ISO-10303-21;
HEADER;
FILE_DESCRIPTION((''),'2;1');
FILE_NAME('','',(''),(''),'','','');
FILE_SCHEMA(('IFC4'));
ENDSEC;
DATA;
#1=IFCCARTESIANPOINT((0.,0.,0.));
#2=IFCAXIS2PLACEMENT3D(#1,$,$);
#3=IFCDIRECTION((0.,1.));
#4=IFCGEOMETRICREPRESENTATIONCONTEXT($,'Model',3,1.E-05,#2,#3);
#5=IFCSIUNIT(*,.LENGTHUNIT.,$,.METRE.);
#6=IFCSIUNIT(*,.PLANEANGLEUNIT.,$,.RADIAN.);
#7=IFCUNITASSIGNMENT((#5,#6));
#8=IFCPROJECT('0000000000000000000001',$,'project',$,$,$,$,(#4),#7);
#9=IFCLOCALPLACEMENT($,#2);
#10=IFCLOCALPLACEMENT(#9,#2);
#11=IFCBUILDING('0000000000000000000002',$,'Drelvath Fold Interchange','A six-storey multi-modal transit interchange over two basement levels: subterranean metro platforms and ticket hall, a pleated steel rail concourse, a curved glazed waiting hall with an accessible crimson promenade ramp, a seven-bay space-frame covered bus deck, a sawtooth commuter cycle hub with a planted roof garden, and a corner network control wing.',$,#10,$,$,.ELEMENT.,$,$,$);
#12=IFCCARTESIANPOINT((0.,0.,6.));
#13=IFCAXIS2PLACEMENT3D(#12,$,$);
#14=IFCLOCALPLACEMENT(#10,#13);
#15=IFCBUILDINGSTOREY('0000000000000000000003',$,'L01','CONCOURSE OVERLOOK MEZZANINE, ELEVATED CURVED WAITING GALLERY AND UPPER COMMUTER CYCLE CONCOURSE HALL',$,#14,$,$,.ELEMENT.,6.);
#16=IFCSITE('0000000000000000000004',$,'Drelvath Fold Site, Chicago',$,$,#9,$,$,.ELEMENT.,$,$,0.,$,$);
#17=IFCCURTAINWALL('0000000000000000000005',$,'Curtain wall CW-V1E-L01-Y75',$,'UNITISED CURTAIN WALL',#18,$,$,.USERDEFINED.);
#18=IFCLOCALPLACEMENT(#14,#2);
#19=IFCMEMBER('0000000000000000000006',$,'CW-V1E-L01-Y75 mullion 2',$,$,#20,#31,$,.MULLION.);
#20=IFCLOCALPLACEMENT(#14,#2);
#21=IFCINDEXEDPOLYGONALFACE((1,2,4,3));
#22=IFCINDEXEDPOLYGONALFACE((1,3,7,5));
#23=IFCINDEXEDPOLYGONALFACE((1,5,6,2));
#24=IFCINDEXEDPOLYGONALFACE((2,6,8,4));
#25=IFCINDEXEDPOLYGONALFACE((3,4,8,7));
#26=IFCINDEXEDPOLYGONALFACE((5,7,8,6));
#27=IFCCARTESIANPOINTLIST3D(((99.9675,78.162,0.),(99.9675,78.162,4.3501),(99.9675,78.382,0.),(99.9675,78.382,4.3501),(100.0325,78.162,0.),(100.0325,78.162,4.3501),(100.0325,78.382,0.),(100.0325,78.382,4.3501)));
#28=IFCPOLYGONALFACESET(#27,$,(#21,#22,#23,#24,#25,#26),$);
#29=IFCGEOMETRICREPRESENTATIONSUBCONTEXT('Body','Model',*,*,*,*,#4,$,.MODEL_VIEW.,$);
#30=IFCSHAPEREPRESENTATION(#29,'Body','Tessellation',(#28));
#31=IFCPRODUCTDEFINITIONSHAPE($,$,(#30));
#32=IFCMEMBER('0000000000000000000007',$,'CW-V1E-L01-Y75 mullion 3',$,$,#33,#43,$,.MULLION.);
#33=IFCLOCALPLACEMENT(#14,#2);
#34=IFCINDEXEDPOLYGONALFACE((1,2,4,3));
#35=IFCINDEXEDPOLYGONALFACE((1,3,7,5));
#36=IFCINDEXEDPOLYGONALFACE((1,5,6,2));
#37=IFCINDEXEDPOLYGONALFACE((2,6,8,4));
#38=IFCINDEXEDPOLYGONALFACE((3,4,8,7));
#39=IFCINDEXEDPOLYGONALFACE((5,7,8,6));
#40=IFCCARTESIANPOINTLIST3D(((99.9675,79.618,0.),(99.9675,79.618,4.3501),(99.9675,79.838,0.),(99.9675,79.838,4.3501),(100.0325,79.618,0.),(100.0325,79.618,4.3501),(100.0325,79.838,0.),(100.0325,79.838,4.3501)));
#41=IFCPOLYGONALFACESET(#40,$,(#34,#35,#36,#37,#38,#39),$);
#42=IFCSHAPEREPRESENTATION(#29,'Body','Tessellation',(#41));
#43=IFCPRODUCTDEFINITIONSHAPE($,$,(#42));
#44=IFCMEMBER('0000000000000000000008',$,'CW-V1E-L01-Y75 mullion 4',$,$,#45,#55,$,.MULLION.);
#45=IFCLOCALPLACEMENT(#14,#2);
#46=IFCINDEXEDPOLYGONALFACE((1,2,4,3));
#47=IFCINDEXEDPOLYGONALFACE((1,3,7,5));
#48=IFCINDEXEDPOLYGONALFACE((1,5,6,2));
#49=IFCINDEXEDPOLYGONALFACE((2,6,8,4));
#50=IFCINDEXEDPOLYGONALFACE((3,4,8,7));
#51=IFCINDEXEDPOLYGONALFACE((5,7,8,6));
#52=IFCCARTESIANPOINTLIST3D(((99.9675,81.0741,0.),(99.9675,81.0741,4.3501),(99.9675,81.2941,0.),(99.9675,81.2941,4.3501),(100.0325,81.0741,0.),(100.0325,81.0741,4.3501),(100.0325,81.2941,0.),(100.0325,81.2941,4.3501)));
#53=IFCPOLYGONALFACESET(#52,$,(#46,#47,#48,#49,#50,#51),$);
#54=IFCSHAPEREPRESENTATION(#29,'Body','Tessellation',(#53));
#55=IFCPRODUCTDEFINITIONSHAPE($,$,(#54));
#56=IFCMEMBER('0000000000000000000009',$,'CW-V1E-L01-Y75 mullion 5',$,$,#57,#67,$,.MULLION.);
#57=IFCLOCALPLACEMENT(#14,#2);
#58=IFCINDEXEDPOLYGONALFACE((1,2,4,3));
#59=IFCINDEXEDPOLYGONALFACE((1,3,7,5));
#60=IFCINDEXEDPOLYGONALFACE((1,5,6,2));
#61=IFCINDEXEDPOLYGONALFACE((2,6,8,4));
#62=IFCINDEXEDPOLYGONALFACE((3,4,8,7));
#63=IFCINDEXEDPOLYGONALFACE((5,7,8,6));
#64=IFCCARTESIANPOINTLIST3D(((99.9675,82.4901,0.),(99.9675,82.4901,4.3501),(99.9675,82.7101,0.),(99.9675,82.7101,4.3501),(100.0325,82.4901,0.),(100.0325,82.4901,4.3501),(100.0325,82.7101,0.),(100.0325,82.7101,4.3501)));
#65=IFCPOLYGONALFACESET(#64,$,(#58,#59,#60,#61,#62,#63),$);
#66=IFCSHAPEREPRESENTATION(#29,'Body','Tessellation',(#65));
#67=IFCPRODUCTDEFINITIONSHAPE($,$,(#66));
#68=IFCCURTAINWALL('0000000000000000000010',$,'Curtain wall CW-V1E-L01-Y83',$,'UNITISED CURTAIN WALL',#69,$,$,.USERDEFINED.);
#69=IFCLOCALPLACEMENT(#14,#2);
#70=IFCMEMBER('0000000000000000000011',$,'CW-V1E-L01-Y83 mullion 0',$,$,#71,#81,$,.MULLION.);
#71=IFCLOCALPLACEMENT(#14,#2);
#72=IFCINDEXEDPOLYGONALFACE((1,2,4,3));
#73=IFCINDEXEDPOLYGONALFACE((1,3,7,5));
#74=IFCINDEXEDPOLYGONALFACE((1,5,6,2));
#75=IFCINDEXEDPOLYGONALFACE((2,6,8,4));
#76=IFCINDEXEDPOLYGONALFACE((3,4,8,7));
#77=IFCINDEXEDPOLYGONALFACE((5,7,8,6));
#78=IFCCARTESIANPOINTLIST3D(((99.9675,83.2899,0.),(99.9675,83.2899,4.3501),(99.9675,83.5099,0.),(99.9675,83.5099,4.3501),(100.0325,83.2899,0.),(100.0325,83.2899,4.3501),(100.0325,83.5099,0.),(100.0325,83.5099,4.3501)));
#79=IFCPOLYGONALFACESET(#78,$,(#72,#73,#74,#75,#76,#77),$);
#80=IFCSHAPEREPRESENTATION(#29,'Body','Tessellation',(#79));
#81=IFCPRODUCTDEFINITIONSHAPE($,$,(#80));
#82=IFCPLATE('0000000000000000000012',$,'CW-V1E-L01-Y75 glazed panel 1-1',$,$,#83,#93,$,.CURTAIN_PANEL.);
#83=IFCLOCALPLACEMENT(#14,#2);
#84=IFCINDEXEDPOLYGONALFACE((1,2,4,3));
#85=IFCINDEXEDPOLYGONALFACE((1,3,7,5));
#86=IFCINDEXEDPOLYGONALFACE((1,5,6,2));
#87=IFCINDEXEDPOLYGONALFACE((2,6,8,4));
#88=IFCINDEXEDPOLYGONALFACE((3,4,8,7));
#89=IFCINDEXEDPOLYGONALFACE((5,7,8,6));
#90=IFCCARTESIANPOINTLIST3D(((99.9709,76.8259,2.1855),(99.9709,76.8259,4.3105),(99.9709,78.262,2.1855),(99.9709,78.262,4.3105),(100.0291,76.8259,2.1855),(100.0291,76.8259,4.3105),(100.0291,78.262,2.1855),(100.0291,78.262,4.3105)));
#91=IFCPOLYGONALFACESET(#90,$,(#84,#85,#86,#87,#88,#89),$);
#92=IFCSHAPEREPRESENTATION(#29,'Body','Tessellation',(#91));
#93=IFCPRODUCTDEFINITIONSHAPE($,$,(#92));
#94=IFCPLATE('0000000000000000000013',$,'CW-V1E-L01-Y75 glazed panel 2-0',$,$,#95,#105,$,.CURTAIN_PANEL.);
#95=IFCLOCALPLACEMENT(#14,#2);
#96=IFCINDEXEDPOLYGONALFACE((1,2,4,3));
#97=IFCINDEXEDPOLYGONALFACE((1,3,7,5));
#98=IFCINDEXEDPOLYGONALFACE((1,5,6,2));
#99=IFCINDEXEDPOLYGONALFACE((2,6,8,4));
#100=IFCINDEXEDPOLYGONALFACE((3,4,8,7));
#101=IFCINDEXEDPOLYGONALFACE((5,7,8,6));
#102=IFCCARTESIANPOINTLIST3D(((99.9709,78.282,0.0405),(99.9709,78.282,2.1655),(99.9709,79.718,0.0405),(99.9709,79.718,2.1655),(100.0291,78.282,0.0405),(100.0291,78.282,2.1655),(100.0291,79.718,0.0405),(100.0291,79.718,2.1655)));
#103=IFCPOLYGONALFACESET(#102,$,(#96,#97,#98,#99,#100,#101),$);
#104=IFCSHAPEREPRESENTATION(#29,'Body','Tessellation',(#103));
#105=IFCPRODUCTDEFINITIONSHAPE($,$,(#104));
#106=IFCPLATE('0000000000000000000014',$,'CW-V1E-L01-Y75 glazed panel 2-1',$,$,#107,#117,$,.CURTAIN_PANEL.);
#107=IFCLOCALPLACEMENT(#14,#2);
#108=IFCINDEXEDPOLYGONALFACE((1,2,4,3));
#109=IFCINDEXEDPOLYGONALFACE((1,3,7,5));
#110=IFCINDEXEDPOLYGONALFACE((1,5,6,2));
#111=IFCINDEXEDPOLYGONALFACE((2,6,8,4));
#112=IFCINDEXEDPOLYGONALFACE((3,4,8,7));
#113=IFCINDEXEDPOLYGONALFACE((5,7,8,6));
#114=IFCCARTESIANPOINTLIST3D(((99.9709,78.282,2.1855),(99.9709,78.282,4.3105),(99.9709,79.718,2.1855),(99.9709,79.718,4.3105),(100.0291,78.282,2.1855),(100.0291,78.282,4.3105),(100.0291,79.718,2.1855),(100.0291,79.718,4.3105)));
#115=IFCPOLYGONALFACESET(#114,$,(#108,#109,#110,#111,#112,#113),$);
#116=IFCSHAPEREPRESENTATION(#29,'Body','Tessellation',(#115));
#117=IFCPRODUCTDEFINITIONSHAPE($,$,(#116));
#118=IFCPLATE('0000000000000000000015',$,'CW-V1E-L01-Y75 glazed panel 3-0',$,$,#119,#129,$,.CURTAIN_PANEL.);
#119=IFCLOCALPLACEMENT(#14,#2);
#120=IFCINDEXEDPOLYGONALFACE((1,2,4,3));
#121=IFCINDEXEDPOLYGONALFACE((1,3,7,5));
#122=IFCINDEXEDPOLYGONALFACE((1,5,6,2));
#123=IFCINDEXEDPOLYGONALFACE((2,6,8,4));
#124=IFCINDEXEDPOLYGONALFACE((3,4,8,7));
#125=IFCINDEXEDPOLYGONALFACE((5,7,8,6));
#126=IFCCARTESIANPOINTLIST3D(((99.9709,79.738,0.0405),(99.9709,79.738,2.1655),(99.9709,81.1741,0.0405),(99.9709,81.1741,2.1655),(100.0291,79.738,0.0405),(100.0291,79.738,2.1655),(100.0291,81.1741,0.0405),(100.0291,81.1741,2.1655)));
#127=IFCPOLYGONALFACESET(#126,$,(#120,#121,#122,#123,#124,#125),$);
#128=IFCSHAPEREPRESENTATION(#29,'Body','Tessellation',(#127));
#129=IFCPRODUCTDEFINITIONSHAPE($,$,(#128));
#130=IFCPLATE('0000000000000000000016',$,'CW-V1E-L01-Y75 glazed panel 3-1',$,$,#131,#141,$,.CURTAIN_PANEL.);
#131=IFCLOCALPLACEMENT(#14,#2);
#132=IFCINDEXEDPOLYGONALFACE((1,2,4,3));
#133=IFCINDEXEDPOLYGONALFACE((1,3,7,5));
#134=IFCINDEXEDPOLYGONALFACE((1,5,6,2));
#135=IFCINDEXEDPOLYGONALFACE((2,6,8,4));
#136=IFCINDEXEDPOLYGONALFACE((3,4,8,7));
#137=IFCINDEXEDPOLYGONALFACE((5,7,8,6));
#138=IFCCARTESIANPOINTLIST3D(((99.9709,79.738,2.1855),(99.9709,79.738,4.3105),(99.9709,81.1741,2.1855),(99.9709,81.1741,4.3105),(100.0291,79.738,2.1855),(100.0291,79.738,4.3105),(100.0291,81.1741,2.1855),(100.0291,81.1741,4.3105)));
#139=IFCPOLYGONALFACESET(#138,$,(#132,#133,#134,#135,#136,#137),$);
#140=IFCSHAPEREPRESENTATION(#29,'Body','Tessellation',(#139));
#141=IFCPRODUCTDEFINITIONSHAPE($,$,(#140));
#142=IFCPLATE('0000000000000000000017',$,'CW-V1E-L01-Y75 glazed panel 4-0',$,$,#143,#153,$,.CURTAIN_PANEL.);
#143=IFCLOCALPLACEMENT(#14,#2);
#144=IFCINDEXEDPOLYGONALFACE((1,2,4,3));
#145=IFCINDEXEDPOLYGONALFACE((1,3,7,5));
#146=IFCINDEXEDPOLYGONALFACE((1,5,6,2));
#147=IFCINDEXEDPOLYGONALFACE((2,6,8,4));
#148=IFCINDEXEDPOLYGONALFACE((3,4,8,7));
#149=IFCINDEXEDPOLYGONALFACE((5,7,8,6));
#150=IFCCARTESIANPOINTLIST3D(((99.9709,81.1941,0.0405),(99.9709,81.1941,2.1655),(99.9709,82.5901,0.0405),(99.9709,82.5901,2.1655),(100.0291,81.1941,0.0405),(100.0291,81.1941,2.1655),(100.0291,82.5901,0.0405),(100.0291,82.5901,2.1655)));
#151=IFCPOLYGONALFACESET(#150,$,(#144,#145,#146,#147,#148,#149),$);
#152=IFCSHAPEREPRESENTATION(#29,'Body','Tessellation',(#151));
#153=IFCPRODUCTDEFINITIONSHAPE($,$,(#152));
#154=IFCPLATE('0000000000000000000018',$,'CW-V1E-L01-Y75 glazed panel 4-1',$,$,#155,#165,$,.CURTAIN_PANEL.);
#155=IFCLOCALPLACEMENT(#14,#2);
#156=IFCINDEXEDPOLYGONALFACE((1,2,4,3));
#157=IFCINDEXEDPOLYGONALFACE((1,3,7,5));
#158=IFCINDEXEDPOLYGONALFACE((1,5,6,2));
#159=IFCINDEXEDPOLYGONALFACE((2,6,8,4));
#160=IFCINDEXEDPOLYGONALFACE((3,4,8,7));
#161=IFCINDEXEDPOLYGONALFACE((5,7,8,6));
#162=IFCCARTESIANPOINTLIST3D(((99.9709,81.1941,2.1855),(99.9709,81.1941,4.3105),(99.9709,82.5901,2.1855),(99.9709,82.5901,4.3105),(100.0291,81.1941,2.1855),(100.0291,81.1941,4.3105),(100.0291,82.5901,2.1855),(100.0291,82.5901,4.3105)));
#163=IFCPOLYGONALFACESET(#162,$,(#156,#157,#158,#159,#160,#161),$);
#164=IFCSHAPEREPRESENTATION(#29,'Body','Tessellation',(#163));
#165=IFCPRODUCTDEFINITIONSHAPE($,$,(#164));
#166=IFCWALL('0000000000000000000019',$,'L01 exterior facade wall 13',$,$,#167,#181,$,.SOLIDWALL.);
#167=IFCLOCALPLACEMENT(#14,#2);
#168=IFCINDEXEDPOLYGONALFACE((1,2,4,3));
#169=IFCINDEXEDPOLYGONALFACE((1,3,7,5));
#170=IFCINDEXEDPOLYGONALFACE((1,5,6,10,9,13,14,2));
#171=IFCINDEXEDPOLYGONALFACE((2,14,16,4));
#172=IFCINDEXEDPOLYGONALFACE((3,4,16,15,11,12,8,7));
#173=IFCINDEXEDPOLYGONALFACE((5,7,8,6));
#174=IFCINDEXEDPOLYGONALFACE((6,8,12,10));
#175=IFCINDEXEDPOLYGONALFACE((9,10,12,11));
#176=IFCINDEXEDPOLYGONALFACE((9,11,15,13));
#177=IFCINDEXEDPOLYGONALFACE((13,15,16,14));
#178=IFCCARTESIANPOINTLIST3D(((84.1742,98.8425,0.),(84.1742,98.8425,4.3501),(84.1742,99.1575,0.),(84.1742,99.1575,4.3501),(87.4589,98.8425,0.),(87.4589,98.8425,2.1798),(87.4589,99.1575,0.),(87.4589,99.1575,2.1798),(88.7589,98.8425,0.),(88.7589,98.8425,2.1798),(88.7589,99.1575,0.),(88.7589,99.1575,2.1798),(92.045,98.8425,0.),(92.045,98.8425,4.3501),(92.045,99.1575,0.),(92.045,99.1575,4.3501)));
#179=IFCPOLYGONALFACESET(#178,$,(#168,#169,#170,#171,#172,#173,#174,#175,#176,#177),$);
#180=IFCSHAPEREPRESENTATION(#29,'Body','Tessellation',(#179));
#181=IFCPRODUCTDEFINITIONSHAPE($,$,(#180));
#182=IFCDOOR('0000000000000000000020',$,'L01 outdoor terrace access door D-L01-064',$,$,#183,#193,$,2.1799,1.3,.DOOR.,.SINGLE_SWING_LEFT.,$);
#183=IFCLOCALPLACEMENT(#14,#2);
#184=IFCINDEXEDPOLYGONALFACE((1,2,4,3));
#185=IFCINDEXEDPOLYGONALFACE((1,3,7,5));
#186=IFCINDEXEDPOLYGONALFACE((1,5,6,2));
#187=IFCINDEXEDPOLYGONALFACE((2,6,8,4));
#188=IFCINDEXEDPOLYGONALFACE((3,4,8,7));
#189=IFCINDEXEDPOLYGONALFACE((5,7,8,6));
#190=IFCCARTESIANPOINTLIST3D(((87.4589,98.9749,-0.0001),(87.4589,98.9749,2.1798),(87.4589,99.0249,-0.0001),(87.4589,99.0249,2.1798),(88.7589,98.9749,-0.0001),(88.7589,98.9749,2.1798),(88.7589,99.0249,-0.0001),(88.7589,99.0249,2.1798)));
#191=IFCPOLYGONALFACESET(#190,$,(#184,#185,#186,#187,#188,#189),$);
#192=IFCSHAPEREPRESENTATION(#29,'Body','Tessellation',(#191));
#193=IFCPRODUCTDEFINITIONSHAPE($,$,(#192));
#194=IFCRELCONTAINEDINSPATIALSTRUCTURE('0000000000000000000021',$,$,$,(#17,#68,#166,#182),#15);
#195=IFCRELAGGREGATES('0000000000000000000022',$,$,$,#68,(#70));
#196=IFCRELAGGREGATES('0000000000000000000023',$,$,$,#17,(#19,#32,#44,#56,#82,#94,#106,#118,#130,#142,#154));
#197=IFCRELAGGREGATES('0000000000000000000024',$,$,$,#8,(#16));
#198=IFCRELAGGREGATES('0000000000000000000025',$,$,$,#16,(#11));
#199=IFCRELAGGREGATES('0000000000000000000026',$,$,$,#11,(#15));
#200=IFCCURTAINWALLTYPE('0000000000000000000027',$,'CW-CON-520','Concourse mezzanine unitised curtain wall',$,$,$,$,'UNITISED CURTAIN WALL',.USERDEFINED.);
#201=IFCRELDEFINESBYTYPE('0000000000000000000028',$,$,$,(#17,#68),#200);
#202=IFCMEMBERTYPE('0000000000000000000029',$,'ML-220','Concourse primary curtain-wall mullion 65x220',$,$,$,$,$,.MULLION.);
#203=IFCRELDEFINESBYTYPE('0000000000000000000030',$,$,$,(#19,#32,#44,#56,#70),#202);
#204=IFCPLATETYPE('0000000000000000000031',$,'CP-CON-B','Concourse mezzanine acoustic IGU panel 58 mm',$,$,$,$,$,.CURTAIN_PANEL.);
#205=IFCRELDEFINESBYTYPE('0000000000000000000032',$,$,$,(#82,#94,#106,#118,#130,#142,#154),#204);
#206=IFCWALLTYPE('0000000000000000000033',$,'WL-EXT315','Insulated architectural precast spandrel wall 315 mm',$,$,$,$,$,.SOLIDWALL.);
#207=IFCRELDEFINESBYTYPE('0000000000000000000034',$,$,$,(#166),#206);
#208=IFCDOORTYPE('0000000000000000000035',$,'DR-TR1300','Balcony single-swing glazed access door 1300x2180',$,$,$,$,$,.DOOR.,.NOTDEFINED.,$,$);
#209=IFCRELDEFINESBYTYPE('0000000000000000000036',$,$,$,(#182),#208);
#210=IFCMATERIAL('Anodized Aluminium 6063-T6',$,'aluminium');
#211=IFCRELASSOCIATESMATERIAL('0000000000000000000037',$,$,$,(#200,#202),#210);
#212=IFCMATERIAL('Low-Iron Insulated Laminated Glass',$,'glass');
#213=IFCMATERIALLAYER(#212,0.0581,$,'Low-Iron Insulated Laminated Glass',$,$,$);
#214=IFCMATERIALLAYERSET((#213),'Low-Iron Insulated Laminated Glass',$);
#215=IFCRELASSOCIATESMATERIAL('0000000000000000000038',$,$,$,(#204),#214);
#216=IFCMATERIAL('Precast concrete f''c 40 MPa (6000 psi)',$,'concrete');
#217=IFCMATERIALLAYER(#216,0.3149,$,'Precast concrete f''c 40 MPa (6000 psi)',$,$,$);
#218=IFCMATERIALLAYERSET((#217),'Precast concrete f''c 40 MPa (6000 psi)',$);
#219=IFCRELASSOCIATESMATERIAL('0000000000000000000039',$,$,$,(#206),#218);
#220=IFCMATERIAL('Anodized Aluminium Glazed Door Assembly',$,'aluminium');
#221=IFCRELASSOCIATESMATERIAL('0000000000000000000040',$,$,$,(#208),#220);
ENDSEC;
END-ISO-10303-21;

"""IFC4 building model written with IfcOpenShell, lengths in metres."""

from ifc_helpers import new_model, si_unit, direction, frame, frame_2d, origin, origin_2d, place, context, subcontext, project, spatial, rectangle, extrude, material, layer, layer_set, material_profile, profile_set, type_object, element, fill, aggregate, save


model = new_model("IFC4")

# Units and contexts
model_context = context("Model", 3, precision=1e-05, world=origin(), true_north=direction((0.0, 1.0)))
body_context = subcontext(model_context, "Body", "Model", "MODEL_VIEW")
ifc_project = project(units=[si_unit("LENGTHUNIT", "METRE"), si_unit("PLANEANGLEUNIT", "RADIAN")], contexts=[model_context])

# Site, building, storey
site_placement = place(None, origin())
site = spatial("IfcSite", under=ifc_project, at=site_placement, Name="Drelvath Fold Site, Chicago", CompositionType="ELEMENT", RefElevation=0.0)
building_placement = place(site_placement, origin())
building = spatial("IfcBuilding", under=site, at=building_placement, Name="Drelvath Fold Interchange", Description="A six-storey multi-modal transit interchange over two basement levels: subterranean metro platforms and ticket hall, a pleated steel rail concourse, a curved glazed waiting hall with an accessible crimson promenade ramp, a seven-bay space-frame covered bus deck, a sawtooth commuter cycle hub with a planted roof garden, and a corner network control wing.", CompositionType="ELEMENT")
storey_placement = place(building_placement, frame((0.0, 0.0, 6.0)))
storey = spatial("IfcBuildingStorey", under=building, at=storey_placement, Name="L01", Description="CONCOURSE OVERLOOK MEZZANINE, ELEVATED CURVED WAITING GALLERY AND UPPER COMMUTER CYCLE CONCOURSE HALL", CompositionType="ELEMENT", Elevation=6.0)

# Curtain wall, members
ifc_material_1 = material(Name="Anodized Aluminium 6063-T6", Category="aluminium")
curtain_wall_type = type_object("IfcCurtainWallType", Name="CW-CON-520", Description="Concourse mezzanine unitised curtain wall", ElementType="UNITISED CURTAIN WALL", PredefinedType="USERDEFINED", material=ifc_material_1)
curtain_wall_1_placement = place(storey_placement, origin())
curtain_wall_1 = element("IfcCurtainWall", 1, at=curtain_wall_1_placement, inside=storey, type_object=curtain_wall_type, Name="Curtain wall CW-V1E-L01-Y75", ObjectType="UNITISED CURTAIN WALL", PredefinedType="USERDEFINED")
ifc_material_profile_1 = material_profile(ifc_material_1, rectangle(XDim=0.0649, YDim=0.22, at=origin_2d()), Name="AL-M 65x220")
ifc_profile_set_1 = profile_set([ifc_material_profile_1], Name="Anodized Aluminium 6063-T6")
member_type = type_object("IfcMemberType", Name="ML-220", Description="Concourse primary curtain-wall mullion 65x220", PredefinedType="MULLION", material=ifc_profile_set_1)
member_1_placement = place(storey_placement, frame((100.0, 78.272, 0.0), z_axis=(0.0, 0.0, 1.0), x_axis=(1.0, 0.0, 0.0)))
member_1 = element("IfcMember", 2, at=member_1_placement, type_object=member_type, Name="CW-V1E-L01-Y75 mullion 2", PredefinedType="MULLION", context=body_context, shape_type="SweptSolid", body=[
    extrude(rectangle(XDim=0.0649, YDim=0.22, at=origin_2d()), origin(), (0.0, 0.0, 1.0), 4.3501),
])
member_2_placement = place(storey_placement, frame((100.0, 79.728, 0.0), z_axis=(0.0, 0.0, 1.0), x_axis=(1.0, 0.0, 0.0)))
member_2 = element("IfcMember", 3, at=member_2_placement, type_object=member_type, Name="CW-V1E-L01-Y75 mullion 3", PredefinedType="MULLION", context=body_context, shape_type="SweptSolid", body=[
    extrude(rectangle(XDim=0.0649, YDim=0.22, at=origin_2d()), origin(), (0.0, 0.0, 1.0), 4.3501),
])
member_3_placement = place(storey_placement, frame((100.0, 81.1841, 0.0), z_axis=(0.0, 0.0, 1.0), x_axis=(1.0, 0.0, 0.0)))
member_3 = element("IfcMember", 4, at=member_3_placement, type_object=member_type, Name="CW-V1E-L01-Y75 mullion 4", PredefinedType="MULLION", context=body_context, shape_type="SweptSolid", body=[
    extrude(rectangle(XDim=0.0649, YDim=0.22, at=origin_2d()), origin(), (0.0, 0.0, 1.0), 4.3501),
])
member_4_placement = place(storey_placement, frame((100.0, 82.6001, 0.0), z_axis=(0.0, 0.0, 1.0), x_axis=(1.0, 0.0, 0.0)))
member_4 = element("IfcMember", 5, at=member_4_placement, type_object=member_type, Name="CW-V1E-L01-Y75 mullion 5", PredefinedType="MULLION", context=body_context, shape_type="SweptSolid", body=[
    extrude(rectangle(XDim=0.0649, YDim=0.22, at=origin_2d()), origin(), (0.0, 0.0, 1.0), 4.3501),
])

# Curtain wall, member
curtain_wall_2_placement = place(storey_placement, origin())
curtain_wall_2 = element("IfcCurtainWall", 6, at=curtain_wall_2_placement, inside=storey, type_object=curtain_wall_type, Name="Curtain wall CW-V1E-L01-Y83", ObjectType="UNITISED CURTAIN WALL", PredefinedType="USERDEFINED")
member_5_placement = place(storey_placement, frame((100.0, 83.3999, 0.0), z_axis=(0.0, 0.0, 1.0), x_axis=(1.0, 0.0, 0.0)))
member_5 = element("IfcMember", 7, at=member_5_placement, type_object=member_type, Name="CW-V1E-L01-Y83 mullion 0", PredefinedType="MULLION", context=body_context, shape_type="SweptSolid", body=[
    extrude(rectangle(XDim=0.0649, YDim=0.22, at=origin_2d()), origin(), (0.0, 0.0, 1.0), 4.3501),
])
aggregate(curtain_wall_2, [member_5])

# Plates
ifc_material_2 = material(Name="Low-Iron Insulated Laminated Glass", Category="glass")
ifc_layer_1 = layer(ifc_material_2, 0.0581, Name="Low-Iron Insulated Laminated Glass")
ifc_layer_set_1 = layer_set([ifc_layer_1], Name="Low-Iron Insulated Laminated Glass")
plate_type = type_object("IfcPlateType", Name="CP-CON-B", Description="Concourse mezzanine acoustic IGU panel 58 mm", PredefinedType="CURTAIN_PANEL", material=ifc_layer_set_1)
plate_1_placement = place(storey_placement, frame((100.0, 77.5439, 2.1855), z_axis=(0.0, 0.0, 1.0), x_axis=(0.0, 1.0, 0.0)))
plate_1 = element("IfcPlate", 8, at=plate_1_placement, type_object=plate_type, Name="CW-V1E-L01-Y75 glazed panel 1-1", PredefinedType="CURTAIN_PANEL", context=body_context, shape_type="SweptSolid", body=[
    extrude(rectangle(XDim=1.436, YDim=0.0581, at=origin_2d()), origin(), (0.0, 0.0, 1.0), 2.125),
])
plate_2_placement = place(storey_placement, frame((100.0, 79.0, 0.0405), z_axis=(0.0, 0.0, 1.0), x_axis=(0.0, 1.0, 0.0)))
plate_2 = element("IfcPlate", 9, at=plate_2_placement, type_object=plate_type, Name="CW-V1E-L01-Y75 glazed panel 2-0", PredefinedType="CURTAIN_PANEL", context=body_context, shape_type="SweptSolid", body=[
    extrude(rectangle(XDim=1.436, YDim=0.0581, at=origin_2d()), origin(), (0.0, 0.0, 1.0), 2.125),
])
plate_3_placement = place(storey_placement, frame((100.0, 79.0, 2.1855), z_axis=(0.0, 0.0, 1.0), x_axis=(0.0, 1.0, 0.0)))
plate_3 = element("IfcPlate", 10, at=plate_3_placement, type_object=plate_type, Name="CW-V1E-L01-Y75 glazed panel 2-1", PredefinedType="CURTAIN_PANEL", context=body_context, shape_type="SweptSolid", body=[
    extrude(rectangle(XDim=1.436, YDim=0.0581, at=origin_2d()), origin(), (0.0, 0.0, 1.0), 2.125),
])
plate_4_placement = place(storey_placement, frame((100.0, 80.4561, 0.0405), z_axis=(0.0, 0.0, 1.0), x_axis=(0.0, 1.0, 0.0)))
plate_4 = element("IfcPlate", 11, at=plate_4_placement, type_object=plate_type, Name="CW-V1E-L01-Y75 glazed panel 3-0", PredefinedType="CURTAIN_PANEL", context=body_context, shape_type="SweptSolid", body=[
    extrude(rectangle(XDim=1.436, YDim=0.0581, at=origin_2d()), origin(), (0.0, 0.0, 1.0), 2.125),
])
plate_5_placement = place(storey_placement, frame((100.0, 80.4561, 2.1855), z_axis=(0.0, 0.0, 1.0), x_axis=(0.0, 1.0, 0.0)))
plate_5 = element("IfcPlate", 12, at=plate_5_placement, type_object=plate_type, Name="CW-V1E-L01-Y75 glazed panel 3-1", PredefinedType="CURTAIN_PANEL", context=body_context, shape_type="SweptSolid", body=[
    extrude(rectangle(XDim=1.436, YDim=0.0581, at=origin_2d()), origin(), (0.0, 0.0, 1.0), 2.125),
])
plate_6_placement = place(storey_placement, frame((100.0, 81.8921, 0.0405), z_axis=(0.0, 0.0, 1.0), x_axis=(0.0, 1.0, 0.0)))
plate_6 = element("IfcPlate", 13, at=plate_6_placement, type_object=plate_type, Name="CW-V1E-L01-Y75 glazed panel 4-0", PredefinedType="CURTAIN_PANEL", context=body_context, shape_type="SweptSolid", body=[
    extrude(rectangle(XDim=1.396, YDim=0.0581, at=origin_2d()), origin(), (0.0, 0.0, 1.0), 2.125),
])
plate_7_placement = place(storey_placement, frame((100.0, 81.8921, 2.1855), z_axis=(0.0, 0.0, 1.0), x_axis=(0.0, 1.0, 0.0)))
plate_7 = element("IfcPlate", 14, at=plate_7_placement, type_object=plate_type, Name="CW-V1E-L01-Y75 glazed panel 4-1", PredefinedType="CURTAIN_PANEL", context=body_context, shape_type="SweptSolid", body=[
    extrude(rectangle(XDim=1.396, YDim=0.0581, at=origin_2d()), origin(), (0.0, 0.0, 1.0), 2.125),
])
aggregate(curtain_wall_1, [member_1, member_2, member_3, member_4, plate_1, plate_2, plate_3, plate_4, plate_5, plate_6, plate_7])

# Wall, opening, door
ifc_material_3 = material(Name="Precast concrete f'c 40 MPa (6000 psi)", Category="concrete")
ifc_layer_2 = layer(ifc_material_3, 0.3149, Name="Precast concrete f'c 40 MPa (6000 psi)")
ifc_layer_set_2 = layer_set([ifc_layer_2], Name="Precast concrete f'c 40 MPa (6000 psi)")
wall_type = type_object("IfcWallType", Name="WL-EXT315", Description="Insulated architectural precast spandrel wall 315 mm", PredefinedType="SOLIDWALL", material=ifc_layer_set_2)
wall_1_placement = place(storey_placement, frame((84.1741, 99.0, 0.0), z_axis=(0.0, 0.0, 1.0), x_axis=(1.0, 0.0, 0.0)))
wall_1 = element("IfcWall", 15, at=wall_1_placement, inside=storey, type_object=wall_type, Name="L01 exterior facade wall 13", PredefinedType="SOLIDWALL", context=body_context, shape_type="SweptSolid", body=[
    extrude(rectangle(XDim=7.8708, YDim=0.3149, at=frame_2d((3.9355, 0.0))), origin(), (0.0, 0.0, 1.0), 4.3501),
])
opening_1_placement = place(wall_1_placement, frame((3.2849, 0.0, 0.0)))
opening_1 = element("IfcOpeningElement", 16, at=opening_1_placement, cuts=wall_1, PredefinedType="OPENING", context=body_context, shape_type="SweptSolid", body=[
    extrude(rectangle(XDim=1.3, YDim=2.1799, at=frame_2d((0.6499, 1.0898))), frame((0.0, 0.1675, 0.0), z_axis=(0.0, -1.0, 0.0), x_axis=(1.0, 0.0, 0.0)), (0.0, 0.0, 1.0), 0.335),
])
ifc_material_4 = material(Name="Anodized Aluminium Glazed Door Assembly", Category="aluminium")
door_type = type_object("IfcDoorType", Name="DR-TR1300", Description="Balcony single-swing glazed access door 1300x2180", OperationType="NOTDEFINED", PredefinedType="DOOR", material=ifc_material_4)
door_placement = place(opening_1_placement, origin())
door = element("IfcDoor", 17, at=door_placement, inside=storey, type_object=door_type, Name="L01 outdoor terrace access door D-L01-064", OperationType="SINGLE_SWING_LEFT", OverallHeight=2.1799, OverallWidth=1.3, PredefinedType="DOOR", context=body_context, shape_type="SweptSolid", body=[
    extrude(rectangle(XDim=1.3, YDim=2.1799, at=frame_2d((0.6499, 1.0898))), frame((0.0, 0.0249, 0.0), z_axis=(0.0, -1.0, 0.0), x_axis=(1.0, 0.0, 0.0)), (0.0, 0.0, 1.0), 0.05),
])
fill(opening_1, door)

save(model, "model.ifc")
